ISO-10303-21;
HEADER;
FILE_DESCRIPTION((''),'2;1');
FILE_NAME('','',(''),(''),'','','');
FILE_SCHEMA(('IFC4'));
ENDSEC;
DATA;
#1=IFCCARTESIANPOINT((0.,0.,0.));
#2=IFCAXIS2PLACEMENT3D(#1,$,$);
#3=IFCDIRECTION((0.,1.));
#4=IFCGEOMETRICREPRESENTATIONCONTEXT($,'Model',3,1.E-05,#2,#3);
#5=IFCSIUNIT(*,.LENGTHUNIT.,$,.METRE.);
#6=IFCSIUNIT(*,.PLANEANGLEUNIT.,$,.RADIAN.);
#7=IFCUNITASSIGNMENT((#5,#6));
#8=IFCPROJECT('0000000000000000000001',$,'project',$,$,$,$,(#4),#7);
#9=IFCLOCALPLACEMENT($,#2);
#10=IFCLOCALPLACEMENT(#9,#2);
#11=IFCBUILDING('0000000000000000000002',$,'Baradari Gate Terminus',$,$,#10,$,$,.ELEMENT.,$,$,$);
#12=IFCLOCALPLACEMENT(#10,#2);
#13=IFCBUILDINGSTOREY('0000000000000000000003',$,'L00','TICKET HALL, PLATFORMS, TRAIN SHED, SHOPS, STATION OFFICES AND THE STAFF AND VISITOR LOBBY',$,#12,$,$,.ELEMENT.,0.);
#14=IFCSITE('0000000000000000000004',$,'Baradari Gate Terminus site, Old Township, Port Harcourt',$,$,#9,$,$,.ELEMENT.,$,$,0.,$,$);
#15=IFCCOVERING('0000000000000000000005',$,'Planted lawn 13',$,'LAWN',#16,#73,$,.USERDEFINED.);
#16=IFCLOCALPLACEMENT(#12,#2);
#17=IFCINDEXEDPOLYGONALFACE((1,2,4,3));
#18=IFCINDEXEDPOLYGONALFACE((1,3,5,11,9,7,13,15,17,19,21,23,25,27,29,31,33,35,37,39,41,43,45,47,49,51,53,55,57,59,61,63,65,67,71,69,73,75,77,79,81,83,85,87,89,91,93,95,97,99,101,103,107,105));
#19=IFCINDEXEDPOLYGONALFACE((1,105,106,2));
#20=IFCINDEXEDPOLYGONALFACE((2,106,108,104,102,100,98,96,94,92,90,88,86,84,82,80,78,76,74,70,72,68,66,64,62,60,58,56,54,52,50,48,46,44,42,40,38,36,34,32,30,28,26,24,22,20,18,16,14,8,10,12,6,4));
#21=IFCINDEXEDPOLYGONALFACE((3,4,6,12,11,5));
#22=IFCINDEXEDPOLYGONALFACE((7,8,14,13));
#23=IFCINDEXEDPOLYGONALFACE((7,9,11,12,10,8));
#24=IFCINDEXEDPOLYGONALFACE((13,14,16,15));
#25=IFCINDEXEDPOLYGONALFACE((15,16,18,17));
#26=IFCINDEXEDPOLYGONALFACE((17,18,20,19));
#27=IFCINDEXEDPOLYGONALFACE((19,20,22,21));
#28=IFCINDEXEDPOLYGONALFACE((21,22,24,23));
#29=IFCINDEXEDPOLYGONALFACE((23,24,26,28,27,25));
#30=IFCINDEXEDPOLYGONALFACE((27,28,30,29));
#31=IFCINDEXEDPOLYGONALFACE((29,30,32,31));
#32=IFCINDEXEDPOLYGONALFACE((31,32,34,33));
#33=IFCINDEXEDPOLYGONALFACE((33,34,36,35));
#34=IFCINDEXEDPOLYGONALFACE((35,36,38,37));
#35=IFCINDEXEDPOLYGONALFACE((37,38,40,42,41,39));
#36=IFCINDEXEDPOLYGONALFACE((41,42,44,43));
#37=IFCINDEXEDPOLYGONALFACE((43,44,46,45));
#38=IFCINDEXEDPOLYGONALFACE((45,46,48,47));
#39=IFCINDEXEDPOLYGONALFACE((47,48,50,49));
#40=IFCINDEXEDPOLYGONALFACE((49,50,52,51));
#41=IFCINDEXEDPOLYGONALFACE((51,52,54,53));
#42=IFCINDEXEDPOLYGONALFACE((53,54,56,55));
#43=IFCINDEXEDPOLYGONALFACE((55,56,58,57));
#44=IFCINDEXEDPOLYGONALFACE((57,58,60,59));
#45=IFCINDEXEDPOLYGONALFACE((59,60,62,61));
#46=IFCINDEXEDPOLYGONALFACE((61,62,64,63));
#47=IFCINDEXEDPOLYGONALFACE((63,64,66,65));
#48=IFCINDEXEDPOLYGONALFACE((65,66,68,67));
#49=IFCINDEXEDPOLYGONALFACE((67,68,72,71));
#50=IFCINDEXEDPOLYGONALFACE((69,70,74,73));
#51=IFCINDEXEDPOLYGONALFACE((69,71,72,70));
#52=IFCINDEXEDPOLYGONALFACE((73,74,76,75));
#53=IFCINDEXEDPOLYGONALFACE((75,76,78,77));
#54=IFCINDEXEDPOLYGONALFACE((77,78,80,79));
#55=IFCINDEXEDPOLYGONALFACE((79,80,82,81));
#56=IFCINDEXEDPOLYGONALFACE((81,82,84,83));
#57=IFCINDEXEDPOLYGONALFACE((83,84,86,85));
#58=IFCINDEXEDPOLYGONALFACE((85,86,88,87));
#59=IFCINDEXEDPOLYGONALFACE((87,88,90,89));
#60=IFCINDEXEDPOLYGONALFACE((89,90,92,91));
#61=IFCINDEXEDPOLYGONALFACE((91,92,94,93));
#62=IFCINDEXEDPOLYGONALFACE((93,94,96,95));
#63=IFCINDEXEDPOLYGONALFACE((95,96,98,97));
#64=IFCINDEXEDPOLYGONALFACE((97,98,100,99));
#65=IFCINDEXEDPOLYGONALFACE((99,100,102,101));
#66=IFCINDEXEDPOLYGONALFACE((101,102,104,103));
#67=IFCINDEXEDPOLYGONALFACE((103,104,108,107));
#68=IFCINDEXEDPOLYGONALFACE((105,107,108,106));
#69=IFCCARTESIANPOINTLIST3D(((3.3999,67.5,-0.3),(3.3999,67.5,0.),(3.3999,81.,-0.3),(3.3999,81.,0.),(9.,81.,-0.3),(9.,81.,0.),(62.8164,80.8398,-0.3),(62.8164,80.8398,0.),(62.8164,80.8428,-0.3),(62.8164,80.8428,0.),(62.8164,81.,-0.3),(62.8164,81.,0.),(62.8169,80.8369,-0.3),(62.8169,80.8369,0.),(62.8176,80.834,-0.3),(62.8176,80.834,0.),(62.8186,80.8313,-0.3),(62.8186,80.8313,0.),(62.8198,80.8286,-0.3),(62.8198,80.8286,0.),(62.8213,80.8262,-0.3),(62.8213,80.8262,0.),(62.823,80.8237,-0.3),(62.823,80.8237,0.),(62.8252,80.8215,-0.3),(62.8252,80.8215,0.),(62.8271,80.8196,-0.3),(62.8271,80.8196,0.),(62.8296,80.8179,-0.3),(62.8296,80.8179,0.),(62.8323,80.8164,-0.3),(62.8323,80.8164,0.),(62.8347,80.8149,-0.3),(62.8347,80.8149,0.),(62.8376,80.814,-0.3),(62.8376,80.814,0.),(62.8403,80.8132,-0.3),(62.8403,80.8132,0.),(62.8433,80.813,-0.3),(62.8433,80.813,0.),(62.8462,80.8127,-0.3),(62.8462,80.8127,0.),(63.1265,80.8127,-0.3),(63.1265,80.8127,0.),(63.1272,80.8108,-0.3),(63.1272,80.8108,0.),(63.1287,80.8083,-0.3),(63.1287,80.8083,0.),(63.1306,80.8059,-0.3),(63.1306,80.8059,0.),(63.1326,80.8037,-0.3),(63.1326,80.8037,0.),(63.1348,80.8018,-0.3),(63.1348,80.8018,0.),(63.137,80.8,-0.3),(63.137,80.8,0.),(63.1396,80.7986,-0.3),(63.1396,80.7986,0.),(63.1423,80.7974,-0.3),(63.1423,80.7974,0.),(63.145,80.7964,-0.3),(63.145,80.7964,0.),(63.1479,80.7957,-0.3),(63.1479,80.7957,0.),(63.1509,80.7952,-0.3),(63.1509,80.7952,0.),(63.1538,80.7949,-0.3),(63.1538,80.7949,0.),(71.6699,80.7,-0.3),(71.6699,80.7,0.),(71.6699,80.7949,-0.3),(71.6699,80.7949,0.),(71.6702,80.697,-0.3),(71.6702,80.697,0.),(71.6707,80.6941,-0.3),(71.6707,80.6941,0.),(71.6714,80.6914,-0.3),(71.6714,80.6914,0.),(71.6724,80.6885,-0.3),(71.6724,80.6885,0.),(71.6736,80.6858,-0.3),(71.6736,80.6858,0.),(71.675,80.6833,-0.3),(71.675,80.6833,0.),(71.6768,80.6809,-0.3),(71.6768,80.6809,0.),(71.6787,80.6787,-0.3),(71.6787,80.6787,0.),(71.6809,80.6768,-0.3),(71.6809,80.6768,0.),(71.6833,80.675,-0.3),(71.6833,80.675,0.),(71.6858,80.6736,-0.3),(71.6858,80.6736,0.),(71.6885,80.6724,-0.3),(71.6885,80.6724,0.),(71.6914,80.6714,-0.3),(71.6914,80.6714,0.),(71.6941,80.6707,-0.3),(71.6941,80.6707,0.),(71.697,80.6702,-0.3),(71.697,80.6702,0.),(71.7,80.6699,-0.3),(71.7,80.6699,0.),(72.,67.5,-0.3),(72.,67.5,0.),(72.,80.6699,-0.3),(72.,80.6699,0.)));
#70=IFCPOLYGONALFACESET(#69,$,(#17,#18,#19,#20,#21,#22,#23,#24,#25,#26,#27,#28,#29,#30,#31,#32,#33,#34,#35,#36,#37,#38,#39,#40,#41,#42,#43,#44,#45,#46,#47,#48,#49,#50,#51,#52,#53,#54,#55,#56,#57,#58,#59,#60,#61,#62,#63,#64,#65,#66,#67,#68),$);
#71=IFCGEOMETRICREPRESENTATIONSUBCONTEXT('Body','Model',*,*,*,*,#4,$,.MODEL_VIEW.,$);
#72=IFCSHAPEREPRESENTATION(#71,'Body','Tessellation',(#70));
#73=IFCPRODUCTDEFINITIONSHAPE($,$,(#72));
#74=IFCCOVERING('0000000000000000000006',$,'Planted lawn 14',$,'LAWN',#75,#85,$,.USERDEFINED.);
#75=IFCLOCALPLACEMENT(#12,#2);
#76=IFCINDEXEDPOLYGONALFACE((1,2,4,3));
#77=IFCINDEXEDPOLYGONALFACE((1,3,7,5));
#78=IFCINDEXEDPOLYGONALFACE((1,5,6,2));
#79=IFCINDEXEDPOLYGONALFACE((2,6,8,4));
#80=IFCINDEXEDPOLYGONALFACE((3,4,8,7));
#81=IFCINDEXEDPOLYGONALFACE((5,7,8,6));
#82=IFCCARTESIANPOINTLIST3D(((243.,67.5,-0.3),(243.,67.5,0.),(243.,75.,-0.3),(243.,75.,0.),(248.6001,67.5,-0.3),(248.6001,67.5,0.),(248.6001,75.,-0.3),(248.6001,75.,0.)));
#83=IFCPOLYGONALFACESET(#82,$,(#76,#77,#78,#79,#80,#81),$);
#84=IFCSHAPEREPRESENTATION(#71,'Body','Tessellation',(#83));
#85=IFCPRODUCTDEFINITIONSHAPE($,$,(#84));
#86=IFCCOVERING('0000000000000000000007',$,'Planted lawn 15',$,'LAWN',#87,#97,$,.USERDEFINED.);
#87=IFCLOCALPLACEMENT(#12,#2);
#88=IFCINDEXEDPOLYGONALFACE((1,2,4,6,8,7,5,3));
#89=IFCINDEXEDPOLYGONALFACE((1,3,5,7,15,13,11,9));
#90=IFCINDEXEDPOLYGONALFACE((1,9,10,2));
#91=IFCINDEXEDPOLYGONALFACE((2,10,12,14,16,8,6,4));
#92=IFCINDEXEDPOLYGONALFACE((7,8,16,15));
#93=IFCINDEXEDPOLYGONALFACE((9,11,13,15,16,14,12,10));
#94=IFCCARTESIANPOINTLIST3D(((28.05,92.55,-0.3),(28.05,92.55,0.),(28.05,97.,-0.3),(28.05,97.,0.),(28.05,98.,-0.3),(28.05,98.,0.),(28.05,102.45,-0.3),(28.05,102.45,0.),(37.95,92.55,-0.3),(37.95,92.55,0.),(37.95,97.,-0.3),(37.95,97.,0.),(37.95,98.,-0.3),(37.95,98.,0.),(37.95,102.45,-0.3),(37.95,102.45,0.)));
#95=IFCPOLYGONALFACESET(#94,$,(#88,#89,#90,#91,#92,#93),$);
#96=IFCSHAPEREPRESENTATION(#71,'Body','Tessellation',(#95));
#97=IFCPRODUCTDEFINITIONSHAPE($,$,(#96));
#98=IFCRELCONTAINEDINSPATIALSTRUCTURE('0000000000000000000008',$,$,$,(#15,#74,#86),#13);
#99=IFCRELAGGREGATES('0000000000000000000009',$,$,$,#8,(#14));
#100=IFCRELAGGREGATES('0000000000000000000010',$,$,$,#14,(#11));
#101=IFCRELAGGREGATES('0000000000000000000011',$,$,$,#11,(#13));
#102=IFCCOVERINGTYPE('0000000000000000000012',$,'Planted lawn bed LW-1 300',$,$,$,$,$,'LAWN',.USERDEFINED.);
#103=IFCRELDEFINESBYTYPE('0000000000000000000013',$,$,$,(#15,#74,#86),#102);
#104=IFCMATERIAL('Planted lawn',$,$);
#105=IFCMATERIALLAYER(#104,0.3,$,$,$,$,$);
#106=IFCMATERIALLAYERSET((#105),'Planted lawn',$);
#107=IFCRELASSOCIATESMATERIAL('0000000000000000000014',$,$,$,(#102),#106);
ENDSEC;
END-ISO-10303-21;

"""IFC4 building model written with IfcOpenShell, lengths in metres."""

from ifc_helpers import new_model, si_unit, direction, frame, origin, place, context, subcontext, project, spatial, polyline, outline, extrude, material, layer, layer_set, type_object, element, save


model = new_model("IFC4")

# Units and contexts
model_context = context("Model", 3, precision=1e-05, world=origin(), true_north=direction((0.0, 1.0)))
body_context = subcontext(model_context, "Body", "Model", "MODEL_VIEW")
ifc_project = project(units=[si_unit("LENGTHUNIT", "METRE"), si_unit("PLANEANGLEUNIT", "RADIAN")], contexts=[model_context])

# Site, building, storey
site_placement = place(None, origin())
site = spatial("IfcSite", under=ifc_project, at=site_placement, Name="Baradari Gate Terminus site, Old Township, Port Harcourt", CompositionType="ELEMENT", RefElevation=0.0)
building_placement = place(site_placement, origin())
building = spatial("IfcBuilding", under=site, at=building_placement, Name="Baradari Gate Terminus", CompositionType="ELEMENT")
storey_placement = place(building_placement, origin())
storey = spatial("IfcBuildingStorey", under=building, at=storey_placement, Name="L00", Description="TICKET HALL, PLATFORMS, TRAIN SHED, SHOPS, STATION OFFICES AND THE STAFF AND VISITOR LOBBY", CompositionType="ELEMENT", Elevation=0.0)

# Coverings
ifc_material_1 = material(Name="Planted lawn")
ifc_layer_1 = layer(ifc_material_1, 0.3)
ifc_layer_set_1 = layer_set([ifc_layer_1], Name="Planted lawn")
covering_type_1 = type_object("IfcCoveringType", Name="Planted lawn bed LW-1 300", ElementType="LAWN", PredefinedType="USERDEFINED", material=ifc_layer_set_1)
covering_1_placement = place(storey_placement, frame((0.0, 0.0, -0.3)))
element("IfcCovering", 1, at=covering_1_placement, inside=storey, type_object=covering_type_1, Name="Planted lawn 13", ObjectType="LAWN", PredefinedType="USERDEFINED", context=body_context, shape_type="SweptSolid", body=[
    extrude(outline(polyline([(3.3999, 81.0), (3.3999, 67.5), (72.0, 67.5), (72.0, 80.6699), (71.7, 80.6699), (71.697, 80.6702), (71.6941, 80.6707), (71.6914, 80.6714), (71.6885, 80.6724), (71.6858, 80.6736), (71.6833, 80.675), (71.6809, 80.6768), (71.6787, 80.6787), (71.6768, 80.6809), (71.675, 80.6833), (71.6736, 80.6858), (71.6724, 80.6885), (71.6714, 80.6914), (71.6707, 80.6941), (71.6702, 80.697), (71.6699, 80.7), (71.6699, 80.7949), (63.1538, 80.7949), (63.1509, 80.7952), (63.1479, 80.7957), (63.145, 80.7964), (63.1423, 80.7974), (63.1396, 80.7986), (63.137, 80.8), (63.1348, 80.8018), (63.1326, 80.8037), (63.1306, 80.8059), (63.1287, 80.8083), (63.1272, 80.8108), (63.1265, 80.8127), (62.8462, 80.8127), (62.8433, 80.813), (62.8403, 80.8132), (62.8376, 80.814), (62.8347, 80.8149), (62.8323, 80.8164), (62.8296, 80.8179), (62.8271, 80.8196), (62.8252, 80.8215), (62.823, 80.8237), (62.8213, 80.8262), (62.8198, 80.8286), (62.8186, 80.8313), (62.8176, 80.834), (62.8169, 80.8369), (62.8164, 80.8398), (62.8164, 80.8428), (62.8164, 81.0), (9.0, 81.0), (3.3999, 81.0)])), origin(), (0.0, 0.0, 1.0), 0.3),
])
covering_2_placement = place(storey_placement, frame((0.0, 0.0, -0.3)))
element("IfcCovering", 2, at=covering_2_placement, inside=storey, type_object=covering_type_1, Name="Planted lawn 14", ObjectType="LAWN", PredefinedType="USERDEFINED", context=body_context, shape_type="SweptSolid", body=[
    extrude(outline(polyline([(248.6001, 67.5), (248.6001, 75.0), (243.0, 75.0), (243.0, 67.5), (248.6001, 67.5)])), origin(), (0.0, 0.0, 1.0), 0.3),
])
covering_3_placement = place(storey_placement, frame((0.0, 0.0, -0.3)))
element("IfcCovering", 3, at=covering_3_placement, inside=storey, type_object=covering_type_1, Name="Planted lawn 15", ObjectType="LAWN", PredefinedType="USERDEFINED", context=body_context, shape_type="SweptSolid", body=[
    extrude(outline(polyline([(28.05, 97.0), (28.05, 92.55), (37.95, 92.55), (37.95, 97.0), (37.95, 98.0), (37.95, 102.45), (28.05, 102.45), (28.05, 98.0), (28.05, 97.0)])), origin(), (0.0, 0.0, 1.0), 0.3),
])

save(model, "model.ifc")
